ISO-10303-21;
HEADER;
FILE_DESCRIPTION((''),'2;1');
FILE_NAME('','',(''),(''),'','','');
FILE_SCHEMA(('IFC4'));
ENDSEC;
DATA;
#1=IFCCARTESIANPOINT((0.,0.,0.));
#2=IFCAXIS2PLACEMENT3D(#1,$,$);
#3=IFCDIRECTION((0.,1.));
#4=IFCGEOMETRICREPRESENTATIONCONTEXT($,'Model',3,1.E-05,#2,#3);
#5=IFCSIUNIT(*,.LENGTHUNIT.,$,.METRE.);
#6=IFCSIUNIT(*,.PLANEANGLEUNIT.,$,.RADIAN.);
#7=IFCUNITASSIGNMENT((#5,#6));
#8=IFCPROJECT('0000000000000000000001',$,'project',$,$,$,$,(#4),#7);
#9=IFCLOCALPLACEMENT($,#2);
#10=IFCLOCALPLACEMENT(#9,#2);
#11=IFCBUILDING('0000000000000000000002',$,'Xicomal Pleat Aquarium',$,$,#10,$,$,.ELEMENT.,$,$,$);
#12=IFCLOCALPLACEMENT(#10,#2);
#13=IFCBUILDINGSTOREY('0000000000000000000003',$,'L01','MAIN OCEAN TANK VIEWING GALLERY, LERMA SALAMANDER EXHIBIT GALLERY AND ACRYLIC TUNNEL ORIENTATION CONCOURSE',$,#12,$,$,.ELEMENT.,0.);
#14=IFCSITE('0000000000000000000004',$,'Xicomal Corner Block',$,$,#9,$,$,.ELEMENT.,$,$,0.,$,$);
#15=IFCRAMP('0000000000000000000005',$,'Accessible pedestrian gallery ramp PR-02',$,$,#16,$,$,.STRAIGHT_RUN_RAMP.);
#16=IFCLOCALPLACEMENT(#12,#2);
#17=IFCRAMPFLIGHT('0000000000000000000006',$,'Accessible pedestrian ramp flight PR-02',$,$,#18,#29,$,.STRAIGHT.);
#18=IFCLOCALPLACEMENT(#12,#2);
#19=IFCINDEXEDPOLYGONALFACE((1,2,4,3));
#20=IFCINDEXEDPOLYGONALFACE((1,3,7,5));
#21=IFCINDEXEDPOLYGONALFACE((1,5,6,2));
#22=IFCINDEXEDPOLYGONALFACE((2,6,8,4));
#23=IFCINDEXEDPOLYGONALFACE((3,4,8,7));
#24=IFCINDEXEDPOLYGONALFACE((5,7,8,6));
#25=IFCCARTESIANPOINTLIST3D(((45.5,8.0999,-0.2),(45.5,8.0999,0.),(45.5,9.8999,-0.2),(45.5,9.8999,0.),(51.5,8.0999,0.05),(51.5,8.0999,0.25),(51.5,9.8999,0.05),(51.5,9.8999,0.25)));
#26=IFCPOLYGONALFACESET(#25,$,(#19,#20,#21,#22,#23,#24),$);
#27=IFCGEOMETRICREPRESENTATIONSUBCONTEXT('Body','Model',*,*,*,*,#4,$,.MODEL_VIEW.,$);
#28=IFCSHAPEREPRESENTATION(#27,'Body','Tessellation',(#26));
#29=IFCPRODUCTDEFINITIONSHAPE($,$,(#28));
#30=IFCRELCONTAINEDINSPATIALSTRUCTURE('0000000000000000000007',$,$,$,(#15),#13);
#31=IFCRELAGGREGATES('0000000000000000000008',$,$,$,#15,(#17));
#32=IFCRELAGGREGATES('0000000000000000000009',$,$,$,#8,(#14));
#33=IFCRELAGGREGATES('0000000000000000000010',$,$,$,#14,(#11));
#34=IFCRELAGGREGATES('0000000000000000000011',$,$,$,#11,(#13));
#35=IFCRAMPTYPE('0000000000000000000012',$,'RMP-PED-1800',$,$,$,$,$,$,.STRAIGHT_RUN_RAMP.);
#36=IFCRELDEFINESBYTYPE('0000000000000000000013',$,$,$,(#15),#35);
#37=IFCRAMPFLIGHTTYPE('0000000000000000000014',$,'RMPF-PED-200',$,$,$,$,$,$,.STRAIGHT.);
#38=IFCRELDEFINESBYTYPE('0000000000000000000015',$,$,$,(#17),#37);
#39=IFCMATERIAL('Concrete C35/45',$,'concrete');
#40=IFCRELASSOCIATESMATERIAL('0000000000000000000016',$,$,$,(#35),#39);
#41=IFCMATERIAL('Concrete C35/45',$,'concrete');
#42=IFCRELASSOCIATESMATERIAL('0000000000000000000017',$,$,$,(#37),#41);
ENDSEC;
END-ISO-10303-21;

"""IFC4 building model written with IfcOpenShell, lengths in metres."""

from ifc_helpers import new_model, si_unit, direction, frame, origin, place, context, subcontext, project, spatial, polyline, outline, extrude, material, type_object, element, aggregate, save


model = new_model("IFC4")

# Units and contexts
model_context = context("Model", 3, precision=1e-05, world=origin(), true_north=direction((0.0, 1.0)))
body_context = subcontext(model_context, "Body", "Model", "MODEL_VIEW")
ifc_project = project(units=[si_unit("LENGTHUNIT", "METRE"), si_unit("PLANEANGLEUNIT", "RADIAN")], contexts=[model_context])

# Site, building, storey
site_placement = place(None, origin())
site = spatial("IfcSite", under=ifc_project, at=site_placement, Name="Xicomal Corner Block", CompositionType="ELEMENT", RefElevation=0.0)
building_placement = place(site_placement, origin())
building = spatial("IfcBuilding", under=site, at=building_placement, Name="Xicomal Pleat Aquarium", CompositionType="ELEMENT")
storey_placement = place(building_placement, origin())
storey = spatial("IfcBuildingStorey", under=building, at=storey_placement, Name="L01", Description="MAIN OCEAN TANK VIEWING GALLERY, LERMA SALAMANDER EXHIBIT GALLERY AND ACRYLIC TUNNEL ORIENTATION CONCOURSE", CompositionType="ELEMENT", Elevation=0.0)

# Ramp, ramp flight
ifc_material_1 = material(Name="Concrete C35/45", Category="concrete")
ramp_type = type_object("IfcRampType", Name="RMP-PED-1800", PredefinedType="STRAIGHT_RUN_RAMP", material=ifc_material_1)
ramp_placement = place(storey_placement, origin())
ramp = element("IfcRamp", 1, at=ramp_placement, inside=storey, type_object=ramp_type, Name="Accessible pedestrian gallery ramp PR-02", PredefinedType="STRAIGHT_RUN_RAMP")
ifc_material_2 = material(Name="Concrete C35/45", Category="concrete")
ramp_flight_type = type_object("IfcRampFlightType", Name="RMPF-PED-200", PredefinedType="STRAIGHT", material=ifc_material_2)
ramp_flight_placement = place(storey_placement, frame((45.5, 9.0, 0.0), z_axis=(0.0, 0.0, 1.0), x_axis=(1.0, 0.0, 0.0)))
ramp_flight = element("IfcRampFlight", 2, at=ramp_flight_placement, type_object=ramp_flight_type, Name="Accessible pedestrian ramp flight PR-02", PredefinedType="STRAIGHT", context=body_context, shape_type="SweptSolid", body=[
    extrude(outline(polyline([(0.0, 0.0), (6.0, 0.25), (6.0, 0.05), (0.0, -0.2), (0.0, 0.0)])), frame((0.0, 0.8999, 0.0), z_axis=(0.0, -1.0, 0.0), x_axis=(1.0, 0.0, 0.0)), (0.0, 0.0, 1.0), 1.8),
])
aggregate(ramp, [ramp_flight])

save(model, "model.ifc")
